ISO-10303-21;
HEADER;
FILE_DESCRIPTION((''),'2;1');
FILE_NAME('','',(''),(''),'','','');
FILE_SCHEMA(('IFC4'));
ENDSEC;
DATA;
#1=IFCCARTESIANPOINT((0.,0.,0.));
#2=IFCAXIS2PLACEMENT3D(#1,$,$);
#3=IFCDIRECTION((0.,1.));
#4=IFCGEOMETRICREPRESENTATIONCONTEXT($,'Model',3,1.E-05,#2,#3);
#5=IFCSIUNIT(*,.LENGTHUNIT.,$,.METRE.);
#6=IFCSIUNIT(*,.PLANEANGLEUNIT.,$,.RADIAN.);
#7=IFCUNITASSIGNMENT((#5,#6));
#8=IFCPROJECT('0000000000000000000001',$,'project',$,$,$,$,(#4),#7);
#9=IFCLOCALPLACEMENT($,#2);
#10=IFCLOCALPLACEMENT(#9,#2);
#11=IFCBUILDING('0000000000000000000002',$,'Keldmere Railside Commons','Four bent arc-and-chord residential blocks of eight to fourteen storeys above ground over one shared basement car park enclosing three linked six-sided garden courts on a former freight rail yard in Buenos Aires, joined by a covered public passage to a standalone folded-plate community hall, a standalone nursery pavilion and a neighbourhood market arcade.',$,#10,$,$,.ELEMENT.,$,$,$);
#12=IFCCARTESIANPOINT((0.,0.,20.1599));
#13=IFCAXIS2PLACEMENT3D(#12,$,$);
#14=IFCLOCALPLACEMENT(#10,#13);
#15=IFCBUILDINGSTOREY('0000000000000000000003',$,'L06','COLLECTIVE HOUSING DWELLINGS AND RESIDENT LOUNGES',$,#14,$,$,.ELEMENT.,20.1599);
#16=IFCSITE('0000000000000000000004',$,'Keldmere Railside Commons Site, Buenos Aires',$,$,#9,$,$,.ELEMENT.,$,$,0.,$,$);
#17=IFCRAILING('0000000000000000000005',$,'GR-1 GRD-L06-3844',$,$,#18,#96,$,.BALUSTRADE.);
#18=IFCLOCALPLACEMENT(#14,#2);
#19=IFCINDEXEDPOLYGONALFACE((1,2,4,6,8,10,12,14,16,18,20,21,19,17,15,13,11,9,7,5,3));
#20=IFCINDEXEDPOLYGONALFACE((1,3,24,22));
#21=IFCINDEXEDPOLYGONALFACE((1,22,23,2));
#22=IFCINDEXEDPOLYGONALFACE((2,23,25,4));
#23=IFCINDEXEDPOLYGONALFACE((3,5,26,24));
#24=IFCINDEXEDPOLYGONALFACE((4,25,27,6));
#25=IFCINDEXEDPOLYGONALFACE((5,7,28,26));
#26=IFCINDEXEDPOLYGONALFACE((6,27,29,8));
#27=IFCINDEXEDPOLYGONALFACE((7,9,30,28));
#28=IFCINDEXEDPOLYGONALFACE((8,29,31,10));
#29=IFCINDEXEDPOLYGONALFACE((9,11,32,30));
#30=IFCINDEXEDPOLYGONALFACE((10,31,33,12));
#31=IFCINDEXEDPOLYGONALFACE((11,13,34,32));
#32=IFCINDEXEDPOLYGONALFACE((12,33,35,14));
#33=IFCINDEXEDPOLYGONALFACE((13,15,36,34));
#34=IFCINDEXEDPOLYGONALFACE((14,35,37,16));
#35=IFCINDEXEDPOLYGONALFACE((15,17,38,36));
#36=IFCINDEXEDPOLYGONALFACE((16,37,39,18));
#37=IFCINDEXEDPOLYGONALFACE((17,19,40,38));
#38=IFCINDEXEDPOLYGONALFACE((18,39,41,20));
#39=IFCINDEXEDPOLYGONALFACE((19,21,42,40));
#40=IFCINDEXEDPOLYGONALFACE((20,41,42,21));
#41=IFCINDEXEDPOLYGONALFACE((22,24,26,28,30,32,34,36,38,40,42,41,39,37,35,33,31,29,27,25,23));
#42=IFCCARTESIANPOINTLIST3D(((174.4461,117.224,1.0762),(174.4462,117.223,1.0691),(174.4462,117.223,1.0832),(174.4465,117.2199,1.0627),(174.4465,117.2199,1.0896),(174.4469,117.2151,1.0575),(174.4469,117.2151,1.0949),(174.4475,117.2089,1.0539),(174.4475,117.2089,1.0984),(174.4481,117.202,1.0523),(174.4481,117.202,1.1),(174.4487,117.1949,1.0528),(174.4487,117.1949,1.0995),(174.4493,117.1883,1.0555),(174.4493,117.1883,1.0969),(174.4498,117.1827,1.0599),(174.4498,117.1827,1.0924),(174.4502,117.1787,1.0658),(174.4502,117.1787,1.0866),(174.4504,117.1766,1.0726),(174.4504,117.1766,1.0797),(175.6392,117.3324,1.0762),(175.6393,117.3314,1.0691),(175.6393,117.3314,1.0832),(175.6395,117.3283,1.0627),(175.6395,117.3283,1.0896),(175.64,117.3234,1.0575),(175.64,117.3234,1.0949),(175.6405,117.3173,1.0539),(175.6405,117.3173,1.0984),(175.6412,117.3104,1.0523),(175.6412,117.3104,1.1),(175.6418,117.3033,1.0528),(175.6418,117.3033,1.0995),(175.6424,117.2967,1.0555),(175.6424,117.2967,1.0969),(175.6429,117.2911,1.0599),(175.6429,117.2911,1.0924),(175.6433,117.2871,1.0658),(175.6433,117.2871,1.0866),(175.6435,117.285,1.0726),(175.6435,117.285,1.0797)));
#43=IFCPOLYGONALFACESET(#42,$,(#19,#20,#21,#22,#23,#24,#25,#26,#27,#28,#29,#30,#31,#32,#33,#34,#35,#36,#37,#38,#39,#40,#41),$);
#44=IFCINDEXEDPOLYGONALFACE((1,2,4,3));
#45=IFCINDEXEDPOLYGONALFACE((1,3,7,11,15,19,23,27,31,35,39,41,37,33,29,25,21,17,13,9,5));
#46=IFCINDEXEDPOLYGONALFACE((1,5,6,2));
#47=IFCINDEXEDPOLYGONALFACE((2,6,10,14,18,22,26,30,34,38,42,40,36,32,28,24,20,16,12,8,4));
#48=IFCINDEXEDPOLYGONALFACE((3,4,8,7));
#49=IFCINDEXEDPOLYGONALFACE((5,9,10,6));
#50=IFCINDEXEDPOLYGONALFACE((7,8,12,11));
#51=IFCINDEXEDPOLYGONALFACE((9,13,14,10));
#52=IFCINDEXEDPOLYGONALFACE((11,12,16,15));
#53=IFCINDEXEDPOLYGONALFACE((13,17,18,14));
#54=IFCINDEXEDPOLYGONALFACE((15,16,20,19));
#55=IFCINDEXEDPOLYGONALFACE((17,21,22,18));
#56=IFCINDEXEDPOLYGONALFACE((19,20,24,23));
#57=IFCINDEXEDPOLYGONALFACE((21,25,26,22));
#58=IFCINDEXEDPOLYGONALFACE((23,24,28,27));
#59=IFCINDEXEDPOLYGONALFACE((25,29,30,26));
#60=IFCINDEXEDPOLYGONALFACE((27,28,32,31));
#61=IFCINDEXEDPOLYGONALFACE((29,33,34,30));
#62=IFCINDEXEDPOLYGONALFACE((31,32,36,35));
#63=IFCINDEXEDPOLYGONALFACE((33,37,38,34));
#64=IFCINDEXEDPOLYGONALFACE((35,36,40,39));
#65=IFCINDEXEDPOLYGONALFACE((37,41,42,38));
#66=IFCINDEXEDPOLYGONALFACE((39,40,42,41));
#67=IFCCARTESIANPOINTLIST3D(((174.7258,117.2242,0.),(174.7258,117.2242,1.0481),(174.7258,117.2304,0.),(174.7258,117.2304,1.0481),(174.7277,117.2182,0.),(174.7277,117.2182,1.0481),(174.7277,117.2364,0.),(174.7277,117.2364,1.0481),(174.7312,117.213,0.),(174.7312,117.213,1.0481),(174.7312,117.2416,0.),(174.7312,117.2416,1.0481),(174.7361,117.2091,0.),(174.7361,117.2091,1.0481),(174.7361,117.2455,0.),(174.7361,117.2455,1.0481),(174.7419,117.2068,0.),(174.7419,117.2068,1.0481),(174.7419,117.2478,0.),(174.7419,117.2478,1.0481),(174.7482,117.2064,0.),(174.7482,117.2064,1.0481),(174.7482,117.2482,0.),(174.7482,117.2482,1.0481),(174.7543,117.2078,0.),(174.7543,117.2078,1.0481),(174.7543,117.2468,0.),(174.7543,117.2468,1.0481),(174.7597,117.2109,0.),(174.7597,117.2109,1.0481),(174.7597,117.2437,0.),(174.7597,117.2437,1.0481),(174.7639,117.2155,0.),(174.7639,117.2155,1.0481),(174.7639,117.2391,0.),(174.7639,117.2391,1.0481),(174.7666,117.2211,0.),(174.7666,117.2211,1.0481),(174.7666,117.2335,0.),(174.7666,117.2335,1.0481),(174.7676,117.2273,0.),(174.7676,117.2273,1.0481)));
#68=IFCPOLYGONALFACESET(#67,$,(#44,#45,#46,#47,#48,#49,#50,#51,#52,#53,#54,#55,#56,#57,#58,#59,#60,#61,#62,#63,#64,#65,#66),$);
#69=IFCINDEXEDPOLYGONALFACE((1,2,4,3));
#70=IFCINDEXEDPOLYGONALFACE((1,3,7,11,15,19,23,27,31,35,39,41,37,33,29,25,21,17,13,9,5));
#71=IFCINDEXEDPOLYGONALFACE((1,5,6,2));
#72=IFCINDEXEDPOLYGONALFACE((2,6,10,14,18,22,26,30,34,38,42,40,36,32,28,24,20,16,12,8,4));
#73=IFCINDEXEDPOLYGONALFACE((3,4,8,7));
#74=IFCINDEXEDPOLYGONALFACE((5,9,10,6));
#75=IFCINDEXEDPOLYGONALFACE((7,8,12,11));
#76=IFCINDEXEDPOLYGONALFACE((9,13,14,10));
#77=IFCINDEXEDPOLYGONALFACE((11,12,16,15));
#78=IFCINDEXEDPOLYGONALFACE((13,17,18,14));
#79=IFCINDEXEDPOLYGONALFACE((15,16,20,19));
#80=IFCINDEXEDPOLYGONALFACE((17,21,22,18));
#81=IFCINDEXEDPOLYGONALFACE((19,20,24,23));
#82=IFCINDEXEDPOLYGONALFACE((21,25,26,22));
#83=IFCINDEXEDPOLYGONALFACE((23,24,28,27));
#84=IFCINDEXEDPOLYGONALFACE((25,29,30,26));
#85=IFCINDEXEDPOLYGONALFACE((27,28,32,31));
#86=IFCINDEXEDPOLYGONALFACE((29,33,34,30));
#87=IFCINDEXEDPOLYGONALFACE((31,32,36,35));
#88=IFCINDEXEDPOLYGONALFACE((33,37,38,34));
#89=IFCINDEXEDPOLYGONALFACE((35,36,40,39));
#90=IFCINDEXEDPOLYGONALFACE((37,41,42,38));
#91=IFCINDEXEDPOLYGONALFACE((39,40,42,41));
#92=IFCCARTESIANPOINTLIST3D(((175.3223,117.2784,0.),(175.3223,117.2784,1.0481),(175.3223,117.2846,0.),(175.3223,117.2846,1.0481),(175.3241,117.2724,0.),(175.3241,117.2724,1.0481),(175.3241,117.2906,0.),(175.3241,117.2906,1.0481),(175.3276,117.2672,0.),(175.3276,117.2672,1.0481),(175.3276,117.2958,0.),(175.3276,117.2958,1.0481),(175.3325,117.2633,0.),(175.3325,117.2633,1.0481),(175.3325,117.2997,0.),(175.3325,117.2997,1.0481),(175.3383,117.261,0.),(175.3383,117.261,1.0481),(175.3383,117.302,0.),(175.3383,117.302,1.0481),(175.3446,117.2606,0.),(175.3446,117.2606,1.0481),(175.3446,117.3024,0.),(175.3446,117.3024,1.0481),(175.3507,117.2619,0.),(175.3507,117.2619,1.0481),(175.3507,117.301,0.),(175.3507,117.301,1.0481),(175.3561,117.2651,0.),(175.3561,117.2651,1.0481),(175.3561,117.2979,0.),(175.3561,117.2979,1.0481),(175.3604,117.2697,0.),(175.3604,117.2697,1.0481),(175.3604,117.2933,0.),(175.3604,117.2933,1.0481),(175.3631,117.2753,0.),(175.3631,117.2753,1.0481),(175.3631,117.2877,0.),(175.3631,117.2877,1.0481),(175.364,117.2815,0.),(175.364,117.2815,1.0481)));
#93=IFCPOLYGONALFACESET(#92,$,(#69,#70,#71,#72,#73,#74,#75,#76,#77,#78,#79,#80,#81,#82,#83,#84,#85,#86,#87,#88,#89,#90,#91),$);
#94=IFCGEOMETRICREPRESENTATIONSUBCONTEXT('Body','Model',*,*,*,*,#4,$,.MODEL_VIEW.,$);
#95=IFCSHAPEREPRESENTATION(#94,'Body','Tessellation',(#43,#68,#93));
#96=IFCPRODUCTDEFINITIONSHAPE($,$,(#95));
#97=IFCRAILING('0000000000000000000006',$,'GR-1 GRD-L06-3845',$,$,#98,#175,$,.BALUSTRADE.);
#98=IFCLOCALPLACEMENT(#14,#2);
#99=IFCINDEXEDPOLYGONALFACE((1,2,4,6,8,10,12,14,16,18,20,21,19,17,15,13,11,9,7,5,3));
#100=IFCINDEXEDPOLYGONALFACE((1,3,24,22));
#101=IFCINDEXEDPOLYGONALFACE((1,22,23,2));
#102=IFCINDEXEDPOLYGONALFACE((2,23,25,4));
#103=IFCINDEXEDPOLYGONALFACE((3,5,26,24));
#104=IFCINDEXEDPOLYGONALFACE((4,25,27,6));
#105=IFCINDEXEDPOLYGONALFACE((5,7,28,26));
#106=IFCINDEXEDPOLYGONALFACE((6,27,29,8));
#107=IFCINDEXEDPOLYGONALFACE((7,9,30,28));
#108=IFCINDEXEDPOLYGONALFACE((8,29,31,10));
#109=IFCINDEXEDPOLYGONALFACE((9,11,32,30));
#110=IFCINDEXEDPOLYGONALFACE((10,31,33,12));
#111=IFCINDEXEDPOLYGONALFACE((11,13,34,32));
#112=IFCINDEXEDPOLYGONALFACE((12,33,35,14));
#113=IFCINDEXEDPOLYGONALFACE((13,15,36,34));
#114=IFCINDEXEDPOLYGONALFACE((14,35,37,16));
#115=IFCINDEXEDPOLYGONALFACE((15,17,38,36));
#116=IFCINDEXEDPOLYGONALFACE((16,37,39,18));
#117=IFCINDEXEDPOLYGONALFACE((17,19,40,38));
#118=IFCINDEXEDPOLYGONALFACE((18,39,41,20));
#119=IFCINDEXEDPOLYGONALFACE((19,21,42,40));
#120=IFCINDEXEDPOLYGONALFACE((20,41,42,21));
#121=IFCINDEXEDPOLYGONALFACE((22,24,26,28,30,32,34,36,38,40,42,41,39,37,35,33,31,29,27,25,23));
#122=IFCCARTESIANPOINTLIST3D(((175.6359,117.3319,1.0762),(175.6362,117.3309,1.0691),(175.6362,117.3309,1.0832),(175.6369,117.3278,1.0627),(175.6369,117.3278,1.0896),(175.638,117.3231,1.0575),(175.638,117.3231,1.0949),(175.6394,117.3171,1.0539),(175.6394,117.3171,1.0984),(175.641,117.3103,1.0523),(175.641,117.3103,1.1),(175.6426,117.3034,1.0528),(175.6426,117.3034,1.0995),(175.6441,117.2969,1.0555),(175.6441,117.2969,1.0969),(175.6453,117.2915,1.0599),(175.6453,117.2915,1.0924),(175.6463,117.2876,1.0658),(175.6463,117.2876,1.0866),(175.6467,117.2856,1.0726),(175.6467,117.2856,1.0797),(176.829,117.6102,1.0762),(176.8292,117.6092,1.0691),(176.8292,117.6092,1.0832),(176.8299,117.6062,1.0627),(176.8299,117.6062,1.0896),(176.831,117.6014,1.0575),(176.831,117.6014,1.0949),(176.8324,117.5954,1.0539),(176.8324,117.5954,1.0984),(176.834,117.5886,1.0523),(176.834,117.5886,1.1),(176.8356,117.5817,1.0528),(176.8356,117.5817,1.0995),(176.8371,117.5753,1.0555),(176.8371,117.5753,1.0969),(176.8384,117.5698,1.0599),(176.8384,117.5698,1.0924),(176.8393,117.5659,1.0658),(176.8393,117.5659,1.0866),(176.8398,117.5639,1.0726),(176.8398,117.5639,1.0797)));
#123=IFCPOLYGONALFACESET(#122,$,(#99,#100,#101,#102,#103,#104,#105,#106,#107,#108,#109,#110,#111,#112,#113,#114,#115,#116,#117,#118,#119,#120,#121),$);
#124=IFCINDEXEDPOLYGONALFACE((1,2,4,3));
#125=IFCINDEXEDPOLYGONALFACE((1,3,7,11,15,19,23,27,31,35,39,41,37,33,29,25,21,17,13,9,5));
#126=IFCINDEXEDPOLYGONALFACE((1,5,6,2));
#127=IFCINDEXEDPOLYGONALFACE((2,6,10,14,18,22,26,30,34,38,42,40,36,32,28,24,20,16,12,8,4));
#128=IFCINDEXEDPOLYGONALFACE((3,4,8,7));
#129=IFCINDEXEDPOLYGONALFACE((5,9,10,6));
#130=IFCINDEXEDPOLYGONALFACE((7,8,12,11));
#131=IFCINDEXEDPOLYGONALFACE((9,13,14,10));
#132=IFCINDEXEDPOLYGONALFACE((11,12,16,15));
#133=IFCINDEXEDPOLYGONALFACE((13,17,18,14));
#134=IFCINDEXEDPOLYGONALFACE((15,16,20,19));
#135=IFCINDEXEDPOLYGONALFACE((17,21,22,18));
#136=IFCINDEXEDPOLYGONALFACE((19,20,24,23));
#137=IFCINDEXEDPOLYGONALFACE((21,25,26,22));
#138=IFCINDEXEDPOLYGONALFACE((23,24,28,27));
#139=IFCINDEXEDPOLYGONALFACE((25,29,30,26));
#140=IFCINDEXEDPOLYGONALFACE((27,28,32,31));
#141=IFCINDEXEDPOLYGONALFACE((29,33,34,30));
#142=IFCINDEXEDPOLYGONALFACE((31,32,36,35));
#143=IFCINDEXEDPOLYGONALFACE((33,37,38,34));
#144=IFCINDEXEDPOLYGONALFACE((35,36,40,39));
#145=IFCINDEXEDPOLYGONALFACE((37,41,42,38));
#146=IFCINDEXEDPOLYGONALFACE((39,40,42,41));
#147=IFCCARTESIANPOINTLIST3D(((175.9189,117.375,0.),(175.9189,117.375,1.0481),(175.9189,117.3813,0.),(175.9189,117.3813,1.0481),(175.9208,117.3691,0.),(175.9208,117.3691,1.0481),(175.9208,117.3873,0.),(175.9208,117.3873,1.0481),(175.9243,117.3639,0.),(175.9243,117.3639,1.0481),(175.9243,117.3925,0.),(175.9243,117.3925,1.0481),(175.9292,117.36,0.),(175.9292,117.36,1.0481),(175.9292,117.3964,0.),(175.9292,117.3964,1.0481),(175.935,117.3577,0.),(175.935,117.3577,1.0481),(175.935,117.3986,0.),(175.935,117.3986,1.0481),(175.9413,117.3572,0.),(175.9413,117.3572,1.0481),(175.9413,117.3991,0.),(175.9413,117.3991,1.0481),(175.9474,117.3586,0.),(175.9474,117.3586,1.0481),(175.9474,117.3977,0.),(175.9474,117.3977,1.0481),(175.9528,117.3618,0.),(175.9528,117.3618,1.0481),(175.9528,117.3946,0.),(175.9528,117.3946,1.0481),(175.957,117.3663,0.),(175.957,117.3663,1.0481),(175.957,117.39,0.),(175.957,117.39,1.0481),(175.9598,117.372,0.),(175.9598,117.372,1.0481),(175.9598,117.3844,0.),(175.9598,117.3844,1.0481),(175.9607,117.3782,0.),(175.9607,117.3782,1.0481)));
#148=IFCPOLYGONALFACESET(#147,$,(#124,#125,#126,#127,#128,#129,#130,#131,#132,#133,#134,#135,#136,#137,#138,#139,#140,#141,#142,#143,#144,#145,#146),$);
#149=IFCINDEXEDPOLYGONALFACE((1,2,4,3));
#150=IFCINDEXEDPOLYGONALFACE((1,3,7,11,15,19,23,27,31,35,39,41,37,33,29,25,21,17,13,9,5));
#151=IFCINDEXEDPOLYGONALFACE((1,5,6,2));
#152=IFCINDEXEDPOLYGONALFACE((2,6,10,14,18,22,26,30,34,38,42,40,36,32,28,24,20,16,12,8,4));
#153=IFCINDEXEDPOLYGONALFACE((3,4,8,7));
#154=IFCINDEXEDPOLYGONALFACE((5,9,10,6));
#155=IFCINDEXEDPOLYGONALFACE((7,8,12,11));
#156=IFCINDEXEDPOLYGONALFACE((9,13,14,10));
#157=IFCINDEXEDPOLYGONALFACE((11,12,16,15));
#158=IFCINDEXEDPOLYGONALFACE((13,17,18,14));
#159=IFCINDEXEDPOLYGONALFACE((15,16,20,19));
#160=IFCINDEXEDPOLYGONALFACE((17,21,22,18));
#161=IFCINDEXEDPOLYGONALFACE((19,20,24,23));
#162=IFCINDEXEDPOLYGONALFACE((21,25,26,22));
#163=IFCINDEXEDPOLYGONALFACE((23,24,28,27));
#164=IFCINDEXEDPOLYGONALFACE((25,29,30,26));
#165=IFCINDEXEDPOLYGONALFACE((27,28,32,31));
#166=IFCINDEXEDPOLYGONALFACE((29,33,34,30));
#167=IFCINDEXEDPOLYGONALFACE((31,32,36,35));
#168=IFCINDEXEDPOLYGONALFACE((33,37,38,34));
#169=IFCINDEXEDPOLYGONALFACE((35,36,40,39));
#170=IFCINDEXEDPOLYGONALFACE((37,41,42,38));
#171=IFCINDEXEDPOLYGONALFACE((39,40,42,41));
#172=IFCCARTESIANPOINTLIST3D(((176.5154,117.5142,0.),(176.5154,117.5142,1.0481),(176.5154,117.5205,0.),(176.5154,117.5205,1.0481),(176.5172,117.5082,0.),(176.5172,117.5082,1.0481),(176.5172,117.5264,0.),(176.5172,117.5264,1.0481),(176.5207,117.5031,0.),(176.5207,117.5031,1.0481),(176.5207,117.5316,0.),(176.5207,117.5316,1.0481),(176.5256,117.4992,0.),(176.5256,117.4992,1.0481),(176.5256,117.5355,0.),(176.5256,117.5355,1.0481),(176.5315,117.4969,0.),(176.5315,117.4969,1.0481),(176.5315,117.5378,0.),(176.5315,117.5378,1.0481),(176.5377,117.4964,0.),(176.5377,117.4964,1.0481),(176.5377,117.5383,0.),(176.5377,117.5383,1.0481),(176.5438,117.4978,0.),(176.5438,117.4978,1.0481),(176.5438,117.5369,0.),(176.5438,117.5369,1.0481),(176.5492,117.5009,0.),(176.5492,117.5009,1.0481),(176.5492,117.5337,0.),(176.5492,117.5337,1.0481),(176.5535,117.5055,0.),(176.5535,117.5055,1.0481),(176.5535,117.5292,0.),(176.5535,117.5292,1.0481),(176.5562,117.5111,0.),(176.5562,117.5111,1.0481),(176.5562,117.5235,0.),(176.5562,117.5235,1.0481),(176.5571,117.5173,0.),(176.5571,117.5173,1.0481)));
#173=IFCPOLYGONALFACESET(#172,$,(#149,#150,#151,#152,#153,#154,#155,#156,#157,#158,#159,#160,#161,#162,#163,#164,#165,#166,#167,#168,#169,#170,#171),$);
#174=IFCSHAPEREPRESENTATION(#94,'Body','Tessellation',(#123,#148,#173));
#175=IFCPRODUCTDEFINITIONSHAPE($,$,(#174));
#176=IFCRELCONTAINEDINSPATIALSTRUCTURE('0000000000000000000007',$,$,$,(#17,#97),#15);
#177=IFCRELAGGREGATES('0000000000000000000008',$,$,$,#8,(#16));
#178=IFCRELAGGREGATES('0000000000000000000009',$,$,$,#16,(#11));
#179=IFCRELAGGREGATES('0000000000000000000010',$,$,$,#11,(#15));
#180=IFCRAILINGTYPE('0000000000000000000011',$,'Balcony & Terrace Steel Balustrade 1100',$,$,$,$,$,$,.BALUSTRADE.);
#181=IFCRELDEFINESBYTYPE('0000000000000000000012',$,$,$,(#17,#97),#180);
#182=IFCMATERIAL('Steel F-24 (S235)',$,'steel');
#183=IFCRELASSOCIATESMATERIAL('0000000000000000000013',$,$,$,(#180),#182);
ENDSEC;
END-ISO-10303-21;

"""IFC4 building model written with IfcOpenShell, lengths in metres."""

from ifc_helpers import new_model, si_unit, direction, frame, origin, origin_2d, place, context, subcontext, project, spatial, circle, extrude, material, type_object, element, save


model = new_model("IFC4")

# Units and contexts
model_context = context("Model", 3, precision=1e-05, world=origin(), true_north=direction((0.0, 1.0)))
body_context = subcontext(model_context, "Body", "Model", "MODEL_VIEW")
ifc_project = project(units=[si_unit("LENGTHUNIT", "METRE"), si_unit("PLANEANGLEUNIT", "RADIAN")], contexts=[model_context])

# Site, building, storey
site_placement = place(None, origin())
site = spatial("IfcSite", under=ifc_project, at=site_placement, Name="Keldmere Railside Commons Site, Buenos Aires", CompositionType="ELEMENT", RefElevation=0.0)
building_placement = place(site_placement, origin())
building = spatial("IfcBuilding", under=site, at=building_placement, Name="Keldmere Railside Commons", Description="Four bent arc-and-chord residential blocks of eight to fourteen storeys above ground over one shared basement car park enclosing three linked six-sided garden courts on a former freight rail yard in Buenos Aires, joined by a covered public passage to a standalone folded-plate community hall, a standalone nursery pavilion and a neighbourhood market arcade.", CompositionType="ELEMENT")
storey_placement = place(building_placement, frame((0.0, 0.0, 20.1599)))
storey = spatial("IfcBuildingStorey", under=building, at=storey_placement, Name="L06", Description="COLLECTIVE HOUSING DWELLINGS AND RESIDENT LOUNGES", CompositionType="ELEMENT", Elevation=20.1599)

# Railings
ifc_material_1 = material(Name="Steel F-24 (S235)", Category="steel")
railing_type = type_object("IfcRailingType", Name="Balcony & Terrace Steel Balustrade 1100", PredefinedType="BALUSTRADE", material=ifc_material_1)
railing_1_placement = place(storey_placement, frame((174.4482, 117.2002, 0.0)))
element("IfcRailing", 1, at=railing_1_placement, inside=storey, type_object=railing_type, Name="GR-1 GRD-L06-3844", PredefinedType="BALUSTRADE", context=body_context, shape_type="SweptSolid", body=[
    extrude(circle(Radius=0.0239, at=origin_2d()), frame((0.0, 0.0, 1.0762), z_axis=(0.995898, 0.090481, 0.0), x_axis=(-0.090481, 0.995898, 0.0)), (0.0, 0.0, 1.0), 1.198),
    extrude(circle(Radius=0.021, at=origin_2d()), frame((0.2983, 0.0271, 0.0)), (0.0, 0.0, 1.0), 1.0481),
    extrude(circle(Radius=0.021, at=origin_2d()), frame((0.8948, 0.0813, 0.0)), (0.0, 0.0, 1.0), 1.0481),
])
railing_2_placement = place(storey_placement, frame((175.6414, 117.3086, 0.0)))
element("IfcRailing", 2, at=railing_2_placement, inside=storey, type_object=railing_type, Name="GR-1 GRD-L06-3845", PredefinedType="BALUSTRADE", context=body_context, shape_type="SweptSolid", body=[
    extrude(circle(Radius=0.0239, at=origin_2d()), frame((0.0, 0.0, 1.0762), z_axis=(0.973854, 0.227173, 0.0), x_axis=(-0.227173, 0.973854, 0.0)), (0.0, 0.0, 1.0), 1.2251),
    extrude(circle(Radius=0.021, at=origin_2d()), frame((0.2983, 0.0696, 0.0)), (0.0, 0.0, 1.0), 1.0481),
    extrude(circle(Radius=0.021, at=origin_2d()), frame((0.8948, 0.2087, 0.0)), (0.0, 0.0, 1.0), 1.0481),
])

save(model, "model.ifc")
